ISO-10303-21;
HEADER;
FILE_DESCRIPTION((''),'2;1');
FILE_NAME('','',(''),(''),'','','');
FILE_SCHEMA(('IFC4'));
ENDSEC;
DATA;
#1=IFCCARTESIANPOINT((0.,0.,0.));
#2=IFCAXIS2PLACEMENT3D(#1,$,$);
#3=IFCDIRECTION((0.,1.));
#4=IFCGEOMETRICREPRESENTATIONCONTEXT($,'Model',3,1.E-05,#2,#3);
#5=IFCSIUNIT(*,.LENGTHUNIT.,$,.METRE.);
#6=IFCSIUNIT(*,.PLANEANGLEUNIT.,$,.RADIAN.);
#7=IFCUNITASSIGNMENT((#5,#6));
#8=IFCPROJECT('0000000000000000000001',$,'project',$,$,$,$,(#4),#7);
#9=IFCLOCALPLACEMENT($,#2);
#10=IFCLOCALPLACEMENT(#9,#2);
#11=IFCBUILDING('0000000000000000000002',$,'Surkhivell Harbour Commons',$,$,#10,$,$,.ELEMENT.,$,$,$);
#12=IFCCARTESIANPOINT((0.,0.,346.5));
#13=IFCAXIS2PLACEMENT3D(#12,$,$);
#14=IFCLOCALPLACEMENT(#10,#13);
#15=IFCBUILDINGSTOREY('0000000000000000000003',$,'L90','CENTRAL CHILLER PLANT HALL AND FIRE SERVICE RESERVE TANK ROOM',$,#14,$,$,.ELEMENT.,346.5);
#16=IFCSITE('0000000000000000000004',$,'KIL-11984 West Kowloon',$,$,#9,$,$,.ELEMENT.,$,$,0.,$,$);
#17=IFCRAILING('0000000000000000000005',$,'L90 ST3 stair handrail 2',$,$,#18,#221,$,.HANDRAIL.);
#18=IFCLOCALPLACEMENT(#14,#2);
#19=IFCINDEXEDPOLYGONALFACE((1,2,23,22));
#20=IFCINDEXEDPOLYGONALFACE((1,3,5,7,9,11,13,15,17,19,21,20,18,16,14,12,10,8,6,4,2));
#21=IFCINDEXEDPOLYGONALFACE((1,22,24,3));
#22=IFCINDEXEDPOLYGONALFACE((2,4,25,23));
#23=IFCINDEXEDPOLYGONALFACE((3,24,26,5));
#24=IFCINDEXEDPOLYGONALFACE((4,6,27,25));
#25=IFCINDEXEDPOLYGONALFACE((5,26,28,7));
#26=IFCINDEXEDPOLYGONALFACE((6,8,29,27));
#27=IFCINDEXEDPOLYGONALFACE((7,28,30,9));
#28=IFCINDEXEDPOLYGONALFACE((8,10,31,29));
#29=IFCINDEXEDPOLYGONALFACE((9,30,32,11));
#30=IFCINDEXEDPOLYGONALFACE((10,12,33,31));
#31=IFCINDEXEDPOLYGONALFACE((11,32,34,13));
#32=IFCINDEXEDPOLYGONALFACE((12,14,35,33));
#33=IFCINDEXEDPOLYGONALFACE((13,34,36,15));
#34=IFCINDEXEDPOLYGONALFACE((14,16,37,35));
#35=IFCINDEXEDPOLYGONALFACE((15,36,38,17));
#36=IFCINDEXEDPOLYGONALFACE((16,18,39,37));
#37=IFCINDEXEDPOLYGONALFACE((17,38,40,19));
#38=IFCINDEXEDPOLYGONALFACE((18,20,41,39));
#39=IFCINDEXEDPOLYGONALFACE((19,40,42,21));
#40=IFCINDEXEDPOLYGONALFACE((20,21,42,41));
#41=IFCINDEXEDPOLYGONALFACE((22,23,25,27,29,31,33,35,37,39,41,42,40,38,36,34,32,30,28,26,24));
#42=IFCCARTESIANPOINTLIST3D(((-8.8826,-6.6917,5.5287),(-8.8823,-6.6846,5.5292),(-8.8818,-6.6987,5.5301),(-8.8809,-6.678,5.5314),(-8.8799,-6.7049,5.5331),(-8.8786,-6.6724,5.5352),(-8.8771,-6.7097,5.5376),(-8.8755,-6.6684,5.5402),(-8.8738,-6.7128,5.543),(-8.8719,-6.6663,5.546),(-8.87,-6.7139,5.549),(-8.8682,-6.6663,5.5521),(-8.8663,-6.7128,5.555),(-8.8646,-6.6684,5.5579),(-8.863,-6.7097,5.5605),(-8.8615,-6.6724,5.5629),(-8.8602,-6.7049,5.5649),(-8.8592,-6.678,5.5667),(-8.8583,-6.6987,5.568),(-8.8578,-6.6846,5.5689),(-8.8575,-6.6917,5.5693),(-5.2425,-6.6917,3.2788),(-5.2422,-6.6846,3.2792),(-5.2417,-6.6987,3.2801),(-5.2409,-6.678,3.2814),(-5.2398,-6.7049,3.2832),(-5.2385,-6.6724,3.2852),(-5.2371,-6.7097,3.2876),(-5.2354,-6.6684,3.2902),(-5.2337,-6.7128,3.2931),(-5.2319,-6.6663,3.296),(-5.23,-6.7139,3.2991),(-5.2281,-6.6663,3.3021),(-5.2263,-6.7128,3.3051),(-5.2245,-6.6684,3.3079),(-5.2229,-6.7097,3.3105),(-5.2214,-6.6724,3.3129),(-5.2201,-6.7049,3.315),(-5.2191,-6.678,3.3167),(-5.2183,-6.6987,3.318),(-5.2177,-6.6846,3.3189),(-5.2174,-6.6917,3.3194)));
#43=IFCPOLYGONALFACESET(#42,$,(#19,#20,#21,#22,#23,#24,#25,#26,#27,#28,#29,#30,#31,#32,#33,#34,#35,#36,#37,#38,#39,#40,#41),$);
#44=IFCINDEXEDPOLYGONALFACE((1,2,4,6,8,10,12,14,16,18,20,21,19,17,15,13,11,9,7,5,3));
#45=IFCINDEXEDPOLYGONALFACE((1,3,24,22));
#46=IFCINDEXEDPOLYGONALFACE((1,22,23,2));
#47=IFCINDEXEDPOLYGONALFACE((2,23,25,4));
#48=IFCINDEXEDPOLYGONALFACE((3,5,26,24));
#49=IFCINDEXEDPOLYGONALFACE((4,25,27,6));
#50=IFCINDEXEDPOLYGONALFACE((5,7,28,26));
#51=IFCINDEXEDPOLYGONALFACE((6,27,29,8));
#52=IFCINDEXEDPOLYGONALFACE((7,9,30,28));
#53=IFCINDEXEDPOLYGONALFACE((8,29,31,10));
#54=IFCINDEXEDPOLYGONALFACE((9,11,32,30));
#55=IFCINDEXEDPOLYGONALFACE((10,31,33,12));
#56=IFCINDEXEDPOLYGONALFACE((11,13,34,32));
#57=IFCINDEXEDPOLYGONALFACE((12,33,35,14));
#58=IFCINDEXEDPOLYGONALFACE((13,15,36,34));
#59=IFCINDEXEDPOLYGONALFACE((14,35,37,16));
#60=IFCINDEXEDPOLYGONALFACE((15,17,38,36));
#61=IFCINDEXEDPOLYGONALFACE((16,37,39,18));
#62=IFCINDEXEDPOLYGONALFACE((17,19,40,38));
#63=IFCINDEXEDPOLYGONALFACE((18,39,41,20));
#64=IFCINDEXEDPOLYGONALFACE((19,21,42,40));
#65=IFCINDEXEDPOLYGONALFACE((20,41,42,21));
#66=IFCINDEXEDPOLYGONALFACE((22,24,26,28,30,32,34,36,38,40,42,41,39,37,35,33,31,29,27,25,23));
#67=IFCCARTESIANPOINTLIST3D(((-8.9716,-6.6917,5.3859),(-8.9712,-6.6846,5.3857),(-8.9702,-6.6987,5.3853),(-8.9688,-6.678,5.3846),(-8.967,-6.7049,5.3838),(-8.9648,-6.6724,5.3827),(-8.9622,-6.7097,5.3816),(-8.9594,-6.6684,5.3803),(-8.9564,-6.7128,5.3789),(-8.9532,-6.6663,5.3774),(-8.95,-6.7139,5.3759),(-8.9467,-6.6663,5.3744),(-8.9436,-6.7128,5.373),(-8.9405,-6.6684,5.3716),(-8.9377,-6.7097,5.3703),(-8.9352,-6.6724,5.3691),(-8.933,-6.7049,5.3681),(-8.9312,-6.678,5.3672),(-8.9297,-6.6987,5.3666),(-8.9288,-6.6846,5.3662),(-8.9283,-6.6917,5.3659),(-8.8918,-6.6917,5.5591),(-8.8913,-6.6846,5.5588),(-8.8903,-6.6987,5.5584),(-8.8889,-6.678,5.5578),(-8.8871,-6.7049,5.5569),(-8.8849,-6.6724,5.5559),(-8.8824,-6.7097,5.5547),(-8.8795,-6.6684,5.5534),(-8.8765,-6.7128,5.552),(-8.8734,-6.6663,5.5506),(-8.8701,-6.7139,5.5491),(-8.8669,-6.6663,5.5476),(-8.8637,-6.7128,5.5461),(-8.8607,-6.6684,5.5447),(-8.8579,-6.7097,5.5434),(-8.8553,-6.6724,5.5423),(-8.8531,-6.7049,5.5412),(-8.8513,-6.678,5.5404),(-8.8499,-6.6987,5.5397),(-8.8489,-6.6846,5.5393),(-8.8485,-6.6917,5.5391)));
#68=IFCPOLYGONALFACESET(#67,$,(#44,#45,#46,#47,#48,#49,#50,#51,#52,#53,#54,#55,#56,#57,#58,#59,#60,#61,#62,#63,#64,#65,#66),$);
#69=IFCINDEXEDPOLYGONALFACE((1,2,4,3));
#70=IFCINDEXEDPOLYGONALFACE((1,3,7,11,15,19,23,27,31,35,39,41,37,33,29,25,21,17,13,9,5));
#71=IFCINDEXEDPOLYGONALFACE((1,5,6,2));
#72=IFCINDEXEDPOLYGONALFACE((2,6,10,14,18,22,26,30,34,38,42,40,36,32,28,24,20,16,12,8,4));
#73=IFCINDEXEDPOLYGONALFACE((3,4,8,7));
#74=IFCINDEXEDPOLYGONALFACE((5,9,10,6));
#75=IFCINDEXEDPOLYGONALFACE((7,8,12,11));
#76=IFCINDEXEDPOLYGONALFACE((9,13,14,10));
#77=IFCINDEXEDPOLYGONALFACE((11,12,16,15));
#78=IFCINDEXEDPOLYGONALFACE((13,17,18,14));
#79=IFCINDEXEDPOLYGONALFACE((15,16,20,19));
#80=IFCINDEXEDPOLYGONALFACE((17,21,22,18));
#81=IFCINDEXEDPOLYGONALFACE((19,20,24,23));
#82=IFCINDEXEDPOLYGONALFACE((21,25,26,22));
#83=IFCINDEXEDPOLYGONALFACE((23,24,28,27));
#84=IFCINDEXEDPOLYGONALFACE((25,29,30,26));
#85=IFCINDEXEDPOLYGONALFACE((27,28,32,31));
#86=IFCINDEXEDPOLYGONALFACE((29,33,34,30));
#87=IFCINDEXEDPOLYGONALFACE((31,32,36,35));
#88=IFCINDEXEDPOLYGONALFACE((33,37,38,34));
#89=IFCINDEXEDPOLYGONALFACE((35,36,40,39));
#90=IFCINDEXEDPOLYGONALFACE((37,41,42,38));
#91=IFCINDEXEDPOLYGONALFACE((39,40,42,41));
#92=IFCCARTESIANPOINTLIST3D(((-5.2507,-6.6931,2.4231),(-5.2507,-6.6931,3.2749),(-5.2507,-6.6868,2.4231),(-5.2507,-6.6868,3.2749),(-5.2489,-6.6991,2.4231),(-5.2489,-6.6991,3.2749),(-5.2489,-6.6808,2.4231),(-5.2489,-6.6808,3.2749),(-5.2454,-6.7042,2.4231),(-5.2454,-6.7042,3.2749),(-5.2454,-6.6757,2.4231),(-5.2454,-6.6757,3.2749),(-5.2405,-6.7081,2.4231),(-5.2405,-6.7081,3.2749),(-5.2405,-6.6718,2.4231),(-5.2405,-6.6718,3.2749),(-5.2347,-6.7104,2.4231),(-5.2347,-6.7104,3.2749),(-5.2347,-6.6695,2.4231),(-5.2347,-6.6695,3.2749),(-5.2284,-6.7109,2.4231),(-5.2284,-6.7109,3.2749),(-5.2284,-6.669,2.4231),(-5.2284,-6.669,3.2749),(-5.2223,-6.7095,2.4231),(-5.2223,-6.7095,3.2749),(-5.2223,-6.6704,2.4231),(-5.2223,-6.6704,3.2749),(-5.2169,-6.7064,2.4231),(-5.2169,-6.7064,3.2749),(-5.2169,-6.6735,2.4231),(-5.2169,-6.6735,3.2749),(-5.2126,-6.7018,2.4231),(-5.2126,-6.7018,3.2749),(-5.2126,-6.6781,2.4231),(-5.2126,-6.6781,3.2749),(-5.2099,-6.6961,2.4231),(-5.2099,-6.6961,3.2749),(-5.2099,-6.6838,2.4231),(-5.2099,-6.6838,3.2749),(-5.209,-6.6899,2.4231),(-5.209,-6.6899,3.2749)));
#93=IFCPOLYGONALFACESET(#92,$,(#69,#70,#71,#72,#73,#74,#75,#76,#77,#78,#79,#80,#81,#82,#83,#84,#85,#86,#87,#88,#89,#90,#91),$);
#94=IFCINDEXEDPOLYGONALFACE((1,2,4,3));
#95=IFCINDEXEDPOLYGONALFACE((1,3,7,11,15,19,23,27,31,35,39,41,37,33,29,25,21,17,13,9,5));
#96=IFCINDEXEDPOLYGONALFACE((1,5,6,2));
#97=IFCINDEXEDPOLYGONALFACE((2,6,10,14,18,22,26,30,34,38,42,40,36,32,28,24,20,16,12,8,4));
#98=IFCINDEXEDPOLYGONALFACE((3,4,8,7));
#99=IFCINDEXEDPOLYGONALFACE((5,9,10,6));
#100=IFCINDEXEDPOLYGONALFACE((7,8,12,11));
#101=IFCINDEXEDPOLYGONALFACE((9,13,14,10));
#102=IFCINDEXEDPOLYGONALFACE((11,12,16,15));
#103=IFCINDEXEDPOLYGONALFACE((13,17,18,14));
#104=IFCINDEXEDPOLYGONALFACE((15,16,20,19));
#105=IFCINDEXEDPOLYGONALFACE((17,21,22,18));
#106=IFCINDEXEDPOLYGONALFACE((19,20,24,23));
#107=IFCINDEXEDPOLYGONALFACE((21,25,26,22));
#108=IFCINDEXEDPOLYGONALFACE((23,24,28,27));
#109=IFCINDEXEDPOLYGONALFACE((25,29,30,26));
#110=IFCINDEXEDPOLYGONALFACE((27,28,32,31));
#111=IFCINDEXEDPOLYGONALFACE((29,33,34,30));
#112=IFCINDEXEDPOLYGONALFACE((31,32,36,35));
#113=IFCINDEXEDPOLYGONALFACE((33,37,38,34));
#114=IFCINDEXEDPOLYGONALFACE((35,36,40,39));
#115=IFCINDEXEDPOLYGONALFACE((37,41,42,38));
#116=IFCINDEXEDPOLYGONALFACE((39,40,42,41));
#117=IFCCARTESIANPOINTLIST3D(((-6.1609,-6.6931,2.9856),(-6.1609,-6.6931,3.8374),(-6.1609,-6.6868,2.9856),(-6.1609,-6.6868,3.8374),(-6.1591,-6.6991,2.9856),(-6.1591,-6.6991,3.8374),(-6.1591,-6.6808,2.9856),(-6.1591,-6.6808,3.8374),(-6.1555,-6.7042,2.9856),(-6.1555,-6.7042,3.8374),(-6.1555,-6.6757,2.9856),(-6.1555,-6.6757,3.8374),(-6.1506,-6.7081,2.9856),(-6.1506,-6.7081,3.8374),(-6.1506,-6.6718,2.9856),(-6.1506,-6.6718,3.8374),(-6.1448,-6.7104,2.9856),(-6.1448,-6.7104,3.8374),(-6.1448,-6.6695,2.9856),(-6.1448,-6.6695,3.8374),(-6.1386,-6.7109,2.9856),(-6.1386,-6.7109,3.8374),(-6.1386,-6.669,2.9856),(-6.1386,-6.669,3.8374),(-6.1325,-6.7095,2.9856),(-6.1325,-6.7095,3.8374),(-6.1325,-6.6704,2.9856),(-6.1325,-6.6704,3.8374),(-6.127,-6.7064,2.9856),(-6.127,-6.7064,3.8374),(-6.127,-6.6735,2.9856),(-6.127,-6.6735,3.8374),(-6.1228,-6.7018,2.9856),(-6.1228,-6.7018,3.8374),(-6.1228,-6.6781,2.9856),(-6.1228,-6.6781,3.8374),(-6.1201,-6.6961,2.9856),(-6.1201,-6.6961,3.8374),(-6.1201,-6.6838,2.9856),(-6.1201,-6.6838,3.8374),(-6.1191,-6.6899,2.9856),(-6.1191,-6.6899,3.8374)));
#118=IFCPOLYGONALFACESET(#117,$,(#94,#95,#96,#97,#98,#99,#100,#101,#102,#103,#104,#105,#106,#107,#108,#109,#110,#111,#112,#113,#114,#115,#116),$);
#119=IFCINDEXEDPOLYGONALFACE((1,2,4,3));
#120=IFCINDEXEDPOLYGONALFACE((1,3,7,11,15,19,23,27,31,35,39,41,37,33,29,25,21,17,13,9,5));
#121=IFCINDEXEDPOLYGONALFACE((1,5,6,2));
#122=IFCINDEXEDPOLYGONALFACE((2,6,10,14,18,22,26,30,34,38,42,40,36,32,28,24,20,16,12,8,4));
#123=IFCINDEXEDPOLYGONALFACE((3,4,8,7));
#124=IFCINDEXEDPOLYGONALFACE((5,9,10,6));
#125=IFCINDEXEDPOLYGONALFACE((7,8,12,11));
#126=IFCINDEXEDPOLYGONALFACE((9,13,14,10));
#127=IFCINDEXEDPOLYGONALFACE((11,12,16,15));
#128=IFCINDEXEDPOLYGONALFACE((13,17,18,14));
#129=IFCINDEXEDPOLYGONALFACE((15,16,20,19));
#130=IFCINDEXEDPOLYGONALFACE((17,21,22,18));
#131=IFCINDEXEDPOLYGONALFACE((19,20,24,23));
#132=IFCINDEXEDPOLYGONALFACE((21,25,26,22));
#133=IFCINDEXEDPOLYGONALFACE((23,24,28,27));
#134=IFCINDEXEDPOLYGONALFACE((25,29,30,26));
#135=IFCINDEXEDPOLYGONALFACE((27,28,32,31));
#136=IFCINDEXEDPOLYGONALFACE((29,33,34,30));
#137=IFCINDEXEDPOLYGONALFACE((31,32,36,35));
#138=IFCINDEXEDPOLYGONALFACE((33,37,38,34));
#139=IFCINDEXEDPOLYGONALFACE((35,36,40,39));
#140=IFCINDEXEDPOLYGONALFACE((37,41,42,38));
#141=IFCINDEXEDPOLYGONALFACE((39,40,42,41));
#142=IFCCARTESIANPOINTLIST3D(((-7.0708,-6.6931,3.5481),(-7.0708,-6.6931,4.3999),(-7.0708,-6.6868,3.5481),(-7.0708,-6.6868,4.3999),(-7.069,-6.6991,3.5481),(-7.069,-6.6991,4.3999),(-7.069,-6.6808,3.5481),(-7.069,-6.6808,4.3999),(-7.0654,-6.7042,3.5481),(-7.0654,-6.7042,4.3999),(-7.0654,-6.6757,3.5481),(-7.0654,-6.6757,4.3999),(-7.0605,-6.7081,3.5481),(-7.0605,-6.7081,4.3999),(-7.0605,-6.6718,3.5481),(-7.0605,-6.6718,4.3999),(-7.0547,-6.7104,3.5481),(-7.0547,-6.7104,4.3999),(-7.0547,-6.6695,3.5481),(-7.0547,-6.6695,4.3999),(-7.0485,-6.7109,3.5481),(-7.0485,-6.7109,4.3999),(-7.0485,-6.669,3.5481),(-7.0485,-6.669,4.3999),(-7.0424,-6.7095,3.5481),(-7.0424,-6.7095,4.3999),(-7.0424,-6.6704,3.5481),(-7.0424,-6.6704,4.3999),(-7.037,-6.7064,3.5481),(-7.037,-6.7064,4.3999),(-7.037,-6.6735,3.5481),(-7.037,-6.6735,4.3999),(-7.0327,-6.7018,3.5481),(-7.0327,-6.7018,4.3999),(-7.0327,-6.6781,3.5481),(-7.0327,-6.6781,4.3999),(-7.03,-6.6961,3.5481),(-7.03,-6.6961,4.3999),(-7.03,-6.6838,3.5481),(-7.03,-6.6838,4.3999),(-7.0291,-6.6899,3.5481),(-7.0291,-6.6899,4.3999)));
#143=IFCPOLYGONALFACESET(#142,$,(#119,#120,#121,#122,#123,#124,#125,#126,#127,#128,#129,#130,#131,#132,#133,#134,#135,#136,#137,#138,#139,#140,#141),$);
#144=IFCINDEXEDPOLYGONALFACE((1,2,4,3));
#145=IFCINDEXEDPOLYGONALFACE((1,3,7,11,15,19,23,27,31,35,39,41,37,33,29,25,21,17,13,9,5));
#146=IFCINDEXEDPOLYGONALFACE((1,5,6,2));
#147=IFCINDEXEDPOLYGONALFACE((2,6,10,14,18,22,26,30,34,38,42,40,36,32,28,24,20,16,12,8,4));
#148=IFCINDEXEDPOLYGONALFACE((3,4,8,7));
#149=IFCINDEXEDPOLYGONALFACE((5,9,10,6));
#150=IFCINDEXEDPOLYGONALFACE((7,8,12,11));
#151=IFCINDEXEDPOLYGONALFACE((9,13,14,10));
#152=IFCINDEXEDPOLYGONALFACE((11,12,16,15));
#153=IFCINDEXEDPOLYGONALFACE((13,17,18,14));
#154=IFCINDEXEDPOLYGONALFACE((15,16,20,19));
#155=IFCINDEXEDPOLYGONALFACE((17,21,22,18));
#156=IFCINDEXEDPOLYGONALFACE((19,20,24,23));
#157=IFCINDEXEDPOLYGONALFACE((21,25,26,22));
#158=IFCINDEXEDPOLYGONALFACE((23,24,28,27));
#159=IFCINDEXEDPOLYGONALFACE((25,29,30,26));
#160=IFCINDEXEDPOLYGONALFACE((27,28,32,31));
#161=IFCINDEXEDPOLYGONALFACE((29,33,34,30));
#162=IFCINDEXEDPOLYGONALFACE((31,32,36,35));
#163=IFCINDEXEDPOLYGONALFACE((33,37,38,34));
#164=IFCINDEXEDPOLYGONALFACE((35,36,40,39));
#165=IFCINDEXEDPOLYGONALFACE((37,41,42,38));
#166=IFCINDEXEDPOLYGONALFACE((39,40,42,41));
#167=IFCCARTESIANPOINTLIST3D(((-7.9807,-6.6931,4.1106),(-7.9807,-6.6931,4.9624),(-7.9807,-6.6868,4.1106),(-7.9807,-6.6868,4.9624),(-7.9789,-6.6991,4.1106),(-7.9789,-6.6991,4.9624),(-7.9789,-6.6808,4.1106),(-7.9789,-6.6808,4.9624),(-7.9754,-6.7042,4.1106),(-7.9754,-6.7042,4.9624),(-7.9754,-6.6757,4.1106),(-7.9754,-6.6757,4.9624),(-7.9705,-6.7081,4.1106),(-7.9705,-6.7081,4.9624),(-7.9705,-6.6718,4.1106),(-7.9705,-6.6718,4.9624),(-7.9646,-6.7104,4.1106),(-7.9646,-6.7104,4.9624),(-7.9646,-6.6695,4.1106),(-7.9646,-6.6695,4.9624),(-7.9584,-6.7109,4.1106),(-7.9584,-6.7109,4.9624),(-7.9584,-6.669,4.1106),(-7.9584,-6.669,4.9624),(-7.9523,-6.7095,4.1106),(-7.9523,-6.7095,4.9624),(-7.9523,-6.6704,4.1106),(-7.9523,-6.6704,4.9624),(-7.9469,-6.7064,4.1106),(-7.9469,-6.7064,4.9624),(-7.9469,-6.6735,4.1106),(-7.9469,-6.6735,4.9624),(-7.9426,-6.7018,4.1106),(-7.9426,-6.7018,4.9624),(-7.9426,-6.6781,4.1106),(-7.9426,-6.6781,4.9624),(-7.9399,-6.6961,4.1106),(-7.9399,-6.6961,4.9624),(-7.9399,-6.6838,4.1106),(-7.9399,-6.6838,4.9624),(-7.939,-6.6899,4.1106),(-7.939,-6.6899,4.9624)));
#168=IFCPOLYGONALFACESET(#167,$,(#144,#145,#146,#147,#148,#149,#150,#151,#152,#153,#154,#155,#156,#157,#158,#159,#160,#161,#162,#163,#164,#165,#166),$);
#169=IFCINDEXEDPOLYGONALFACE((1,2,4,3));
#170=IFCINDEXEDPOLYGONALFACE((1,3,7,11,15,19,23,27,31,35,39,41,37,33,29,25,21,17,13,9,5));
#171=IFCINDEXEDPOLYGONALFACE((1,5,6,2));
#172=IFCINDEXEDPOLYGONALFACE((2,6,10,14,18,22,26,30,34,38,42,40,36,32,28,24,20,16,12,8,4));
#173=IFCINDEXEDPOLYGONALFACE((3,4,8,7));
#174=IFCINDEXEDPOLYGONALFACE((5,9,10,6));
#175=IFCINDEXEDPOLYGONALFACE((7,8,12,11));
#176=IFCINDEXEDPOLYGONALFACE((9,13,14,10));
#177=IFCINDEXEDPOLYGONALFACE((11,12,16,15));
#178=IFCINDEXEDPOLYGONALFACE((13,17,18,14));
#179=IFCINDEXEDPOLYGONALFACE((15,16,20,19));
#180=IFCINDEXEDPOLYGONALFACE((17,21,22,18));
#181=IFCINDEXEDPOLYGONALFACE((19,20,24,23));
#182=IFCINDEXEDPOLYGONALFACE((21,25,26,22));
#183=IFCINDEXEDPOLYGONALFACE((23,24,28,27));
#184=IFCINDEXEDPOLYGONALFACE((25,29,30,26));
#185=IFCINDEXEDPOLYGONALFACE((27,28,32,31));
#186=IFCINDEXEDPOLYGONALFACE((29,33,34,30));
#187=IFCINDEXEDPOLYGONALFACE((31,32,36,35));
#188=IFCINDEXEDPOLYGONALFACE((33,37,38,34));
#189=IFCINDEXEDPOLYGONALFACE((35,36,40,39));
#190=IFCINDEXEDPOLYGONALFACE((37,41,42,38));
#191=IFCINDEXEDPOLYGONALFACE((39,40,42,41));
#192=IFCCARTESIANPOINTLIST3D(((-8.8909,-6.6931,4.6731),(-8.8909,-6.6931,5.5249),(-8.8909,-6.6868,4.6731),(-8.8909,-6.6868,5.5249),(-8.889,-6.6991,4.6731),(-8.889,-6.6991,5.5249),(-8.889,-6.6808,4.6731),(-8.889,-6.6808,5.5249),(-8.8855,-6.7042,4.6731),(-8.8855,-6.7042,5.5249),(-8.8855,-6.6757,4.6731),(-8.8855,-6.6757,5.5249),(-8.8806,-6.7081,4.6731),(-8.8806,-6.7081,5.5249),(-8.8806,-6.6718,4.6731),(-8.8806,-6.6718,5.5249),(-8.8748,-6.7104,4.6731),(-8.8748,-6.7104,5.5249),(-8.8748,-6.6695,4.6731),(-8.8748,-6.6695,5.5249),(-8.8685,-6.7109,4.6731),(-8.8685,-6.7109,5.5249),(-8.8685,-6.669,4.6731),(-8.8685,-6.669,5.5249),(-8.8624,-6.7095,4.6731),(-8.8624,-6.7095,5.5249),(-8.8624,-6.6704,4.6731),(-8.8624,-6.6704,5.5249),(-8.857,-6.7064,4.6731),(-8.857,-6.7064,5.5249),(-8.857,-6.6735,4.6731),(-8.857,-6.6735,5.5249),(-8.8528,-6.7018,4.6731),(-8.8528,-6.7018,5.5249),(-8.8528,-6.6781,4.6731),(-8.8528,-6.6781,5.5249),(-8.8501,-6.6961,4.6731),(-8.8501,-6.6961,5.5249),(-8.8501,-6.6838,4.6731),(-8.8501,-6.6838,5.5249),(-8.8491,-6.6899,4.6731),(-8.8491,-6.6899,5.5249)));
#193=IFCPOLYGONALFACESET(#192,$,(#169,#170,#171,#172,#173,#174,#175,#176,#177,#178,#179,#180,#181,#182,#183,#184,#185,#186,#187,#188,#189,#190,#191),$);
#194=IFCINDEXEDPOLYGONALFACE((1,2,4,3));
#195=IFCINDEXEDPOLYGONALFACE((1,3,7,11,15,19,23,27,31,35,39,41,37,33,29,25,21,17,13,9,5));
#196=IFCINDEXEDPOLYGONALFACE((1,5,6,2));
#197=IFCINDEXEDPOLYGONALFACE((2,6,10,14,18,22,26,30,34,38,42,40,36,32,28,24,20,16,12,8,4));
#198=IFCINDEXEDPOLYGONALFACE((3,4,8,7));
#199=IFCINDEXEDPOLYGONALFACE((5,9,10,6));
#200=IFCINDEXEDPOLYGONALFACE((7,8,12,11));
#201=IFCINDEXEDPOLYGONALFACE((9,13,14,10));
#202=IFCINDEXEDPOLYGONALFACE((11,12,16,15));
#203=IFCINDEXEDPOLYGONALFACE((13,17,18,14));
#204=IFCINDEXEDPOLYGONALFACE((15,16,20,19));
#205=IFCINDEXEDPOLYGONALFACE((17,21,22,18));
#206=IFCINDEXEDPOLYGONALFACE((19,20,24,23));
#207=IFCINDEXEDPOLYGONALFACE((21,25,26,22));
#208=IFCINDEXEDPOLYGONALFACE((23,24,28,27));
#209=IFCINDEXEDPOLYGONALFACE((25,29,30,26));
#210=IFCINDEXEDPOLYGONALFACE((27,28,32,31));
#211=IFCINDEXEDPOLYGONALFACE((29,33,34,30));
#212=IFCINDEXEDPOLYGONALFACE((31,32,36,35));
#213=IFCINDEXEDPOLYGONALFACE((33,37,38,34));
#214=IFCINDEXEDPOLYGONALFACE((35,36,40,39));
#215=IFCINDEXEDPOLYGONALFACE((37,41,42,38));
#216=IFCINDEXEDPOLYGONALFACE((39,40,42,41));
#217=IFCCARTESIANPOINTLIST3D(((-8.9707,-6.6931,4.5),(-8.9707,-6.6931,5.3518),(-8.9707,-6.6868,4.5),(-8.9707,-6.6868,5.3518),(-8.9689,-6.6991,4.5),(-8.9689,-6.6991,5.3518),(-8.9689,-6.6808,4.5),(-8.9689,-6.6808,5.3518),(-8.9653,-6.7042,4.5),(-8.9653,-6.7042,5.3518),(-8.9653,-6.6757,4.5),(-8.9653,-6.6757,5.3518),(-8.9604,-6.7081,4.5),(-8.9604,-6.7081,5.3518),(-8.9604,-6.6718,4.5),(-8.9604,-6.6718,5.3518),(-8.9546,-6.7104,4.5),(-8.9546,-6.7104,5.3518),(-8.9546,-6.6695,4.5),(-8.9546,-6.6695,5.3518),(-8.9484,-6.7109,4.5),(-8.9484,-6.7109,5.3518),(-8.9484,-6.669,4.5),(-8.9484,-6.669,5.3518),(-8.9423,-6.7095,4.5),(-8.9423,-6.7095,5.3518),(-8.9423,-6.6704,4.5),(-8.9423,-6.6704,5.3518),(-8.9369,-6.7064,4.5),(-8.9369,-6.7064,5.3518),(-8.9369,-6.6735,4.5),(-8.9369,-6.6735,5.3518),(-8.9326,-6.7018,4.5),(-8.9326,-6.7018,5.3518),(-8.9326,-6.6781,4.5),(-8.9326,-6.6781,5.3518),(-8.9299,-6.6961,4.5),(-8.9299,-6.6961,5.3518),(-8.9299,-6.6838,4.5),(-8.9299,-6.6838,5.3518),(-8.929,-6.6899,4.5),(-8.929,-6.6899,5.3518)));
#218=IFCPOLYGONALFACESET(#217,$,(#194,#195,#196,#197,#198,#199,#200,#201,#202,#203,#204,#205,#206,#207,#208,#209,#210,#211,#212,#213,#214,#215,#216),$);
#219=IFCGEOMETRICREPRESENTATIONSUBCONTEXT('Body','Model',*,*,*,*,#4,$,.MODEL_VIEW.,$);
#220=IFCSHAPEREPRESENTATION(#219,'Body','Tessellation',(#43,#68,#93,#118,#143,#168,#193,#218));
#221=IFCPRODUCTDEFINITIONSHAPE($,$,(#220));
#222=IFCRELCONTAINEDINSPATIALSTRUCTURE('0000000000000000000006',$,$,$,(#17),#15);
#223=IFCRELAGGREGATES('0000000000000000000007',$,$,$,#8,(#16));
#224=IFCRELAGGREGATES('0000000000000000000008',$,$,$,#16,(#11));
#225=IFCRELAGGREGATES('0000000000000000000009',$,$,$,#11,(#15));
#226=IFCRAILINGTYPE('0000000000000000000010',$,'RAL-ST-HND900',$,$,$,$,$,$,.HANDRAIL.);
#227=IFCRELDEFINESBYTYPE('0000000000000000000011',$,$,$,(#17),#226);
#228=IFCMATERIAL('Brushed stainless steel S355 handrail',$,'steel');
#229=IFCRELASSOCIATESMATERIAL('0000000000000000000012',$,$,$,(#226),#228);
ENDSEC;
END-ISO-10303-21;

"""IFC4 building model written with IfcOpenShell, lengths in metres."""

from ifc_helpers import new_model, si_unit, direction, frame, origin, origin_2d, place, context, subcontext, project, spatial, circle, extrude, material, type_object, element, save


model = new_model("IFC4")

# Units and contexts
model_context = context("Model", 3, precision=1e-05, world=origin(), true_north=direction((0.0, 1.0)))
body_context = subcontext(model_context, "Body", "Model", "MODEL_VIEW")
ifc_project = project(units=[si_unit("LENGTHUNIT", "METRE"), si_unit("PLANEANGLEUNIT", "RADIAN")], contexts=[model_context])

# Site, building, storey
site_placement = place(None, origin())
site = spatial("IfcSite", under=ifc_project, at=site_placement, Name="KIL-11984 West Kowloon", CompositionType="ELEMENT", RefElevation=0.0)
building_placement = place(site_placement, origin())
building = spatial("IfcBuilding", under=site, at=building_placement, Name="Surkhivell Harbour Commons", CompositionType="ELEMENT")
storey_placement = place(building_placement, frame((0.0, 0.0, 346.5)))
storey = spatial("IfcBuildingStorey", under=building, at=storey_placement, Name="L90", Description="CENTRAL CHILLER PLANT HALL AND FIRE SERVICE RESERVE TANK ROOM", CompositionType="ELEMENT", Elevation=346.5)

# Railing
ifc_material_1 = material(Name="Brushed stainless steel S355 handrail", Category="steel")
railing_type_1 = type_object("IfcRailingType", Name="RAL-ST-HND900", PredefinedType="HANDRAIL", material=ifc_material_1)
railing_1_placement = place(storey_placement, frame((-5.23, -6.6899, 2.4231)))
element("IfcRailing", 1, at=railing_1_placement, inside=storey, type_object=railing_type_1, Name="L90 ST3 stair handrail 2", PredefinedType="HANDRAIL", context=body_context, shape_type="SweptSolid", body=[
    extrude(circle(Radius=0.0239, at=origin_2d()), frame((0.0, 0.0, 0.876), z_axis=(-0.850622, 0.0, 0.525777), x_axis=(0.0, -1.0, 0.0)), (0.0, 0.0, 1.0), 4.2793),
    extrude(circle(Radius=0.0239, at=origin_2d()), frame((-3.6401, 0.0, 3.126), z_axis=(-0.418815, 0.0, -0.908072), x_axis=(0.0, -1.0, 0.0)), (0.0, 0.0, 1.0), 0.1907),
    extrude(circle(Radius=0.021, at=origin_2d()), origin(), (0.0, 0.0, 1.0), 0.8518),
    extrude(circle(Radius=0.021, at=origin_2d()), frame((-0.9102, 0.0, 0.5625)), (0.0, 0.0, 1.0), 0.8518),
    extrude(circle(Radius=0.021, at=origin_2d()), frame((-1.8201, 0.0, 1.125)), (0.0, 0.0, 1.0), 0.8518),
    extrude(circle(Radius=0.021, at=origin_2d()), frame((-2.73, 0.0, 1.6875)), (0.0, 0.0, 1.0), 0.8518),
    extrude(circle(Radius=0.021, at=origin_2d()), frame((-3.6401, 0.0, 2.25)), (0.0, 0.0, 1.0), 0.8518),
    extrude(circle(Radius=0.021, at=origin_2d()), frame((-3.72, 0.0, 2.0769)), (0.0, 0.0, 1.0), 0.8518),
])

save(model, "model.ifc")
